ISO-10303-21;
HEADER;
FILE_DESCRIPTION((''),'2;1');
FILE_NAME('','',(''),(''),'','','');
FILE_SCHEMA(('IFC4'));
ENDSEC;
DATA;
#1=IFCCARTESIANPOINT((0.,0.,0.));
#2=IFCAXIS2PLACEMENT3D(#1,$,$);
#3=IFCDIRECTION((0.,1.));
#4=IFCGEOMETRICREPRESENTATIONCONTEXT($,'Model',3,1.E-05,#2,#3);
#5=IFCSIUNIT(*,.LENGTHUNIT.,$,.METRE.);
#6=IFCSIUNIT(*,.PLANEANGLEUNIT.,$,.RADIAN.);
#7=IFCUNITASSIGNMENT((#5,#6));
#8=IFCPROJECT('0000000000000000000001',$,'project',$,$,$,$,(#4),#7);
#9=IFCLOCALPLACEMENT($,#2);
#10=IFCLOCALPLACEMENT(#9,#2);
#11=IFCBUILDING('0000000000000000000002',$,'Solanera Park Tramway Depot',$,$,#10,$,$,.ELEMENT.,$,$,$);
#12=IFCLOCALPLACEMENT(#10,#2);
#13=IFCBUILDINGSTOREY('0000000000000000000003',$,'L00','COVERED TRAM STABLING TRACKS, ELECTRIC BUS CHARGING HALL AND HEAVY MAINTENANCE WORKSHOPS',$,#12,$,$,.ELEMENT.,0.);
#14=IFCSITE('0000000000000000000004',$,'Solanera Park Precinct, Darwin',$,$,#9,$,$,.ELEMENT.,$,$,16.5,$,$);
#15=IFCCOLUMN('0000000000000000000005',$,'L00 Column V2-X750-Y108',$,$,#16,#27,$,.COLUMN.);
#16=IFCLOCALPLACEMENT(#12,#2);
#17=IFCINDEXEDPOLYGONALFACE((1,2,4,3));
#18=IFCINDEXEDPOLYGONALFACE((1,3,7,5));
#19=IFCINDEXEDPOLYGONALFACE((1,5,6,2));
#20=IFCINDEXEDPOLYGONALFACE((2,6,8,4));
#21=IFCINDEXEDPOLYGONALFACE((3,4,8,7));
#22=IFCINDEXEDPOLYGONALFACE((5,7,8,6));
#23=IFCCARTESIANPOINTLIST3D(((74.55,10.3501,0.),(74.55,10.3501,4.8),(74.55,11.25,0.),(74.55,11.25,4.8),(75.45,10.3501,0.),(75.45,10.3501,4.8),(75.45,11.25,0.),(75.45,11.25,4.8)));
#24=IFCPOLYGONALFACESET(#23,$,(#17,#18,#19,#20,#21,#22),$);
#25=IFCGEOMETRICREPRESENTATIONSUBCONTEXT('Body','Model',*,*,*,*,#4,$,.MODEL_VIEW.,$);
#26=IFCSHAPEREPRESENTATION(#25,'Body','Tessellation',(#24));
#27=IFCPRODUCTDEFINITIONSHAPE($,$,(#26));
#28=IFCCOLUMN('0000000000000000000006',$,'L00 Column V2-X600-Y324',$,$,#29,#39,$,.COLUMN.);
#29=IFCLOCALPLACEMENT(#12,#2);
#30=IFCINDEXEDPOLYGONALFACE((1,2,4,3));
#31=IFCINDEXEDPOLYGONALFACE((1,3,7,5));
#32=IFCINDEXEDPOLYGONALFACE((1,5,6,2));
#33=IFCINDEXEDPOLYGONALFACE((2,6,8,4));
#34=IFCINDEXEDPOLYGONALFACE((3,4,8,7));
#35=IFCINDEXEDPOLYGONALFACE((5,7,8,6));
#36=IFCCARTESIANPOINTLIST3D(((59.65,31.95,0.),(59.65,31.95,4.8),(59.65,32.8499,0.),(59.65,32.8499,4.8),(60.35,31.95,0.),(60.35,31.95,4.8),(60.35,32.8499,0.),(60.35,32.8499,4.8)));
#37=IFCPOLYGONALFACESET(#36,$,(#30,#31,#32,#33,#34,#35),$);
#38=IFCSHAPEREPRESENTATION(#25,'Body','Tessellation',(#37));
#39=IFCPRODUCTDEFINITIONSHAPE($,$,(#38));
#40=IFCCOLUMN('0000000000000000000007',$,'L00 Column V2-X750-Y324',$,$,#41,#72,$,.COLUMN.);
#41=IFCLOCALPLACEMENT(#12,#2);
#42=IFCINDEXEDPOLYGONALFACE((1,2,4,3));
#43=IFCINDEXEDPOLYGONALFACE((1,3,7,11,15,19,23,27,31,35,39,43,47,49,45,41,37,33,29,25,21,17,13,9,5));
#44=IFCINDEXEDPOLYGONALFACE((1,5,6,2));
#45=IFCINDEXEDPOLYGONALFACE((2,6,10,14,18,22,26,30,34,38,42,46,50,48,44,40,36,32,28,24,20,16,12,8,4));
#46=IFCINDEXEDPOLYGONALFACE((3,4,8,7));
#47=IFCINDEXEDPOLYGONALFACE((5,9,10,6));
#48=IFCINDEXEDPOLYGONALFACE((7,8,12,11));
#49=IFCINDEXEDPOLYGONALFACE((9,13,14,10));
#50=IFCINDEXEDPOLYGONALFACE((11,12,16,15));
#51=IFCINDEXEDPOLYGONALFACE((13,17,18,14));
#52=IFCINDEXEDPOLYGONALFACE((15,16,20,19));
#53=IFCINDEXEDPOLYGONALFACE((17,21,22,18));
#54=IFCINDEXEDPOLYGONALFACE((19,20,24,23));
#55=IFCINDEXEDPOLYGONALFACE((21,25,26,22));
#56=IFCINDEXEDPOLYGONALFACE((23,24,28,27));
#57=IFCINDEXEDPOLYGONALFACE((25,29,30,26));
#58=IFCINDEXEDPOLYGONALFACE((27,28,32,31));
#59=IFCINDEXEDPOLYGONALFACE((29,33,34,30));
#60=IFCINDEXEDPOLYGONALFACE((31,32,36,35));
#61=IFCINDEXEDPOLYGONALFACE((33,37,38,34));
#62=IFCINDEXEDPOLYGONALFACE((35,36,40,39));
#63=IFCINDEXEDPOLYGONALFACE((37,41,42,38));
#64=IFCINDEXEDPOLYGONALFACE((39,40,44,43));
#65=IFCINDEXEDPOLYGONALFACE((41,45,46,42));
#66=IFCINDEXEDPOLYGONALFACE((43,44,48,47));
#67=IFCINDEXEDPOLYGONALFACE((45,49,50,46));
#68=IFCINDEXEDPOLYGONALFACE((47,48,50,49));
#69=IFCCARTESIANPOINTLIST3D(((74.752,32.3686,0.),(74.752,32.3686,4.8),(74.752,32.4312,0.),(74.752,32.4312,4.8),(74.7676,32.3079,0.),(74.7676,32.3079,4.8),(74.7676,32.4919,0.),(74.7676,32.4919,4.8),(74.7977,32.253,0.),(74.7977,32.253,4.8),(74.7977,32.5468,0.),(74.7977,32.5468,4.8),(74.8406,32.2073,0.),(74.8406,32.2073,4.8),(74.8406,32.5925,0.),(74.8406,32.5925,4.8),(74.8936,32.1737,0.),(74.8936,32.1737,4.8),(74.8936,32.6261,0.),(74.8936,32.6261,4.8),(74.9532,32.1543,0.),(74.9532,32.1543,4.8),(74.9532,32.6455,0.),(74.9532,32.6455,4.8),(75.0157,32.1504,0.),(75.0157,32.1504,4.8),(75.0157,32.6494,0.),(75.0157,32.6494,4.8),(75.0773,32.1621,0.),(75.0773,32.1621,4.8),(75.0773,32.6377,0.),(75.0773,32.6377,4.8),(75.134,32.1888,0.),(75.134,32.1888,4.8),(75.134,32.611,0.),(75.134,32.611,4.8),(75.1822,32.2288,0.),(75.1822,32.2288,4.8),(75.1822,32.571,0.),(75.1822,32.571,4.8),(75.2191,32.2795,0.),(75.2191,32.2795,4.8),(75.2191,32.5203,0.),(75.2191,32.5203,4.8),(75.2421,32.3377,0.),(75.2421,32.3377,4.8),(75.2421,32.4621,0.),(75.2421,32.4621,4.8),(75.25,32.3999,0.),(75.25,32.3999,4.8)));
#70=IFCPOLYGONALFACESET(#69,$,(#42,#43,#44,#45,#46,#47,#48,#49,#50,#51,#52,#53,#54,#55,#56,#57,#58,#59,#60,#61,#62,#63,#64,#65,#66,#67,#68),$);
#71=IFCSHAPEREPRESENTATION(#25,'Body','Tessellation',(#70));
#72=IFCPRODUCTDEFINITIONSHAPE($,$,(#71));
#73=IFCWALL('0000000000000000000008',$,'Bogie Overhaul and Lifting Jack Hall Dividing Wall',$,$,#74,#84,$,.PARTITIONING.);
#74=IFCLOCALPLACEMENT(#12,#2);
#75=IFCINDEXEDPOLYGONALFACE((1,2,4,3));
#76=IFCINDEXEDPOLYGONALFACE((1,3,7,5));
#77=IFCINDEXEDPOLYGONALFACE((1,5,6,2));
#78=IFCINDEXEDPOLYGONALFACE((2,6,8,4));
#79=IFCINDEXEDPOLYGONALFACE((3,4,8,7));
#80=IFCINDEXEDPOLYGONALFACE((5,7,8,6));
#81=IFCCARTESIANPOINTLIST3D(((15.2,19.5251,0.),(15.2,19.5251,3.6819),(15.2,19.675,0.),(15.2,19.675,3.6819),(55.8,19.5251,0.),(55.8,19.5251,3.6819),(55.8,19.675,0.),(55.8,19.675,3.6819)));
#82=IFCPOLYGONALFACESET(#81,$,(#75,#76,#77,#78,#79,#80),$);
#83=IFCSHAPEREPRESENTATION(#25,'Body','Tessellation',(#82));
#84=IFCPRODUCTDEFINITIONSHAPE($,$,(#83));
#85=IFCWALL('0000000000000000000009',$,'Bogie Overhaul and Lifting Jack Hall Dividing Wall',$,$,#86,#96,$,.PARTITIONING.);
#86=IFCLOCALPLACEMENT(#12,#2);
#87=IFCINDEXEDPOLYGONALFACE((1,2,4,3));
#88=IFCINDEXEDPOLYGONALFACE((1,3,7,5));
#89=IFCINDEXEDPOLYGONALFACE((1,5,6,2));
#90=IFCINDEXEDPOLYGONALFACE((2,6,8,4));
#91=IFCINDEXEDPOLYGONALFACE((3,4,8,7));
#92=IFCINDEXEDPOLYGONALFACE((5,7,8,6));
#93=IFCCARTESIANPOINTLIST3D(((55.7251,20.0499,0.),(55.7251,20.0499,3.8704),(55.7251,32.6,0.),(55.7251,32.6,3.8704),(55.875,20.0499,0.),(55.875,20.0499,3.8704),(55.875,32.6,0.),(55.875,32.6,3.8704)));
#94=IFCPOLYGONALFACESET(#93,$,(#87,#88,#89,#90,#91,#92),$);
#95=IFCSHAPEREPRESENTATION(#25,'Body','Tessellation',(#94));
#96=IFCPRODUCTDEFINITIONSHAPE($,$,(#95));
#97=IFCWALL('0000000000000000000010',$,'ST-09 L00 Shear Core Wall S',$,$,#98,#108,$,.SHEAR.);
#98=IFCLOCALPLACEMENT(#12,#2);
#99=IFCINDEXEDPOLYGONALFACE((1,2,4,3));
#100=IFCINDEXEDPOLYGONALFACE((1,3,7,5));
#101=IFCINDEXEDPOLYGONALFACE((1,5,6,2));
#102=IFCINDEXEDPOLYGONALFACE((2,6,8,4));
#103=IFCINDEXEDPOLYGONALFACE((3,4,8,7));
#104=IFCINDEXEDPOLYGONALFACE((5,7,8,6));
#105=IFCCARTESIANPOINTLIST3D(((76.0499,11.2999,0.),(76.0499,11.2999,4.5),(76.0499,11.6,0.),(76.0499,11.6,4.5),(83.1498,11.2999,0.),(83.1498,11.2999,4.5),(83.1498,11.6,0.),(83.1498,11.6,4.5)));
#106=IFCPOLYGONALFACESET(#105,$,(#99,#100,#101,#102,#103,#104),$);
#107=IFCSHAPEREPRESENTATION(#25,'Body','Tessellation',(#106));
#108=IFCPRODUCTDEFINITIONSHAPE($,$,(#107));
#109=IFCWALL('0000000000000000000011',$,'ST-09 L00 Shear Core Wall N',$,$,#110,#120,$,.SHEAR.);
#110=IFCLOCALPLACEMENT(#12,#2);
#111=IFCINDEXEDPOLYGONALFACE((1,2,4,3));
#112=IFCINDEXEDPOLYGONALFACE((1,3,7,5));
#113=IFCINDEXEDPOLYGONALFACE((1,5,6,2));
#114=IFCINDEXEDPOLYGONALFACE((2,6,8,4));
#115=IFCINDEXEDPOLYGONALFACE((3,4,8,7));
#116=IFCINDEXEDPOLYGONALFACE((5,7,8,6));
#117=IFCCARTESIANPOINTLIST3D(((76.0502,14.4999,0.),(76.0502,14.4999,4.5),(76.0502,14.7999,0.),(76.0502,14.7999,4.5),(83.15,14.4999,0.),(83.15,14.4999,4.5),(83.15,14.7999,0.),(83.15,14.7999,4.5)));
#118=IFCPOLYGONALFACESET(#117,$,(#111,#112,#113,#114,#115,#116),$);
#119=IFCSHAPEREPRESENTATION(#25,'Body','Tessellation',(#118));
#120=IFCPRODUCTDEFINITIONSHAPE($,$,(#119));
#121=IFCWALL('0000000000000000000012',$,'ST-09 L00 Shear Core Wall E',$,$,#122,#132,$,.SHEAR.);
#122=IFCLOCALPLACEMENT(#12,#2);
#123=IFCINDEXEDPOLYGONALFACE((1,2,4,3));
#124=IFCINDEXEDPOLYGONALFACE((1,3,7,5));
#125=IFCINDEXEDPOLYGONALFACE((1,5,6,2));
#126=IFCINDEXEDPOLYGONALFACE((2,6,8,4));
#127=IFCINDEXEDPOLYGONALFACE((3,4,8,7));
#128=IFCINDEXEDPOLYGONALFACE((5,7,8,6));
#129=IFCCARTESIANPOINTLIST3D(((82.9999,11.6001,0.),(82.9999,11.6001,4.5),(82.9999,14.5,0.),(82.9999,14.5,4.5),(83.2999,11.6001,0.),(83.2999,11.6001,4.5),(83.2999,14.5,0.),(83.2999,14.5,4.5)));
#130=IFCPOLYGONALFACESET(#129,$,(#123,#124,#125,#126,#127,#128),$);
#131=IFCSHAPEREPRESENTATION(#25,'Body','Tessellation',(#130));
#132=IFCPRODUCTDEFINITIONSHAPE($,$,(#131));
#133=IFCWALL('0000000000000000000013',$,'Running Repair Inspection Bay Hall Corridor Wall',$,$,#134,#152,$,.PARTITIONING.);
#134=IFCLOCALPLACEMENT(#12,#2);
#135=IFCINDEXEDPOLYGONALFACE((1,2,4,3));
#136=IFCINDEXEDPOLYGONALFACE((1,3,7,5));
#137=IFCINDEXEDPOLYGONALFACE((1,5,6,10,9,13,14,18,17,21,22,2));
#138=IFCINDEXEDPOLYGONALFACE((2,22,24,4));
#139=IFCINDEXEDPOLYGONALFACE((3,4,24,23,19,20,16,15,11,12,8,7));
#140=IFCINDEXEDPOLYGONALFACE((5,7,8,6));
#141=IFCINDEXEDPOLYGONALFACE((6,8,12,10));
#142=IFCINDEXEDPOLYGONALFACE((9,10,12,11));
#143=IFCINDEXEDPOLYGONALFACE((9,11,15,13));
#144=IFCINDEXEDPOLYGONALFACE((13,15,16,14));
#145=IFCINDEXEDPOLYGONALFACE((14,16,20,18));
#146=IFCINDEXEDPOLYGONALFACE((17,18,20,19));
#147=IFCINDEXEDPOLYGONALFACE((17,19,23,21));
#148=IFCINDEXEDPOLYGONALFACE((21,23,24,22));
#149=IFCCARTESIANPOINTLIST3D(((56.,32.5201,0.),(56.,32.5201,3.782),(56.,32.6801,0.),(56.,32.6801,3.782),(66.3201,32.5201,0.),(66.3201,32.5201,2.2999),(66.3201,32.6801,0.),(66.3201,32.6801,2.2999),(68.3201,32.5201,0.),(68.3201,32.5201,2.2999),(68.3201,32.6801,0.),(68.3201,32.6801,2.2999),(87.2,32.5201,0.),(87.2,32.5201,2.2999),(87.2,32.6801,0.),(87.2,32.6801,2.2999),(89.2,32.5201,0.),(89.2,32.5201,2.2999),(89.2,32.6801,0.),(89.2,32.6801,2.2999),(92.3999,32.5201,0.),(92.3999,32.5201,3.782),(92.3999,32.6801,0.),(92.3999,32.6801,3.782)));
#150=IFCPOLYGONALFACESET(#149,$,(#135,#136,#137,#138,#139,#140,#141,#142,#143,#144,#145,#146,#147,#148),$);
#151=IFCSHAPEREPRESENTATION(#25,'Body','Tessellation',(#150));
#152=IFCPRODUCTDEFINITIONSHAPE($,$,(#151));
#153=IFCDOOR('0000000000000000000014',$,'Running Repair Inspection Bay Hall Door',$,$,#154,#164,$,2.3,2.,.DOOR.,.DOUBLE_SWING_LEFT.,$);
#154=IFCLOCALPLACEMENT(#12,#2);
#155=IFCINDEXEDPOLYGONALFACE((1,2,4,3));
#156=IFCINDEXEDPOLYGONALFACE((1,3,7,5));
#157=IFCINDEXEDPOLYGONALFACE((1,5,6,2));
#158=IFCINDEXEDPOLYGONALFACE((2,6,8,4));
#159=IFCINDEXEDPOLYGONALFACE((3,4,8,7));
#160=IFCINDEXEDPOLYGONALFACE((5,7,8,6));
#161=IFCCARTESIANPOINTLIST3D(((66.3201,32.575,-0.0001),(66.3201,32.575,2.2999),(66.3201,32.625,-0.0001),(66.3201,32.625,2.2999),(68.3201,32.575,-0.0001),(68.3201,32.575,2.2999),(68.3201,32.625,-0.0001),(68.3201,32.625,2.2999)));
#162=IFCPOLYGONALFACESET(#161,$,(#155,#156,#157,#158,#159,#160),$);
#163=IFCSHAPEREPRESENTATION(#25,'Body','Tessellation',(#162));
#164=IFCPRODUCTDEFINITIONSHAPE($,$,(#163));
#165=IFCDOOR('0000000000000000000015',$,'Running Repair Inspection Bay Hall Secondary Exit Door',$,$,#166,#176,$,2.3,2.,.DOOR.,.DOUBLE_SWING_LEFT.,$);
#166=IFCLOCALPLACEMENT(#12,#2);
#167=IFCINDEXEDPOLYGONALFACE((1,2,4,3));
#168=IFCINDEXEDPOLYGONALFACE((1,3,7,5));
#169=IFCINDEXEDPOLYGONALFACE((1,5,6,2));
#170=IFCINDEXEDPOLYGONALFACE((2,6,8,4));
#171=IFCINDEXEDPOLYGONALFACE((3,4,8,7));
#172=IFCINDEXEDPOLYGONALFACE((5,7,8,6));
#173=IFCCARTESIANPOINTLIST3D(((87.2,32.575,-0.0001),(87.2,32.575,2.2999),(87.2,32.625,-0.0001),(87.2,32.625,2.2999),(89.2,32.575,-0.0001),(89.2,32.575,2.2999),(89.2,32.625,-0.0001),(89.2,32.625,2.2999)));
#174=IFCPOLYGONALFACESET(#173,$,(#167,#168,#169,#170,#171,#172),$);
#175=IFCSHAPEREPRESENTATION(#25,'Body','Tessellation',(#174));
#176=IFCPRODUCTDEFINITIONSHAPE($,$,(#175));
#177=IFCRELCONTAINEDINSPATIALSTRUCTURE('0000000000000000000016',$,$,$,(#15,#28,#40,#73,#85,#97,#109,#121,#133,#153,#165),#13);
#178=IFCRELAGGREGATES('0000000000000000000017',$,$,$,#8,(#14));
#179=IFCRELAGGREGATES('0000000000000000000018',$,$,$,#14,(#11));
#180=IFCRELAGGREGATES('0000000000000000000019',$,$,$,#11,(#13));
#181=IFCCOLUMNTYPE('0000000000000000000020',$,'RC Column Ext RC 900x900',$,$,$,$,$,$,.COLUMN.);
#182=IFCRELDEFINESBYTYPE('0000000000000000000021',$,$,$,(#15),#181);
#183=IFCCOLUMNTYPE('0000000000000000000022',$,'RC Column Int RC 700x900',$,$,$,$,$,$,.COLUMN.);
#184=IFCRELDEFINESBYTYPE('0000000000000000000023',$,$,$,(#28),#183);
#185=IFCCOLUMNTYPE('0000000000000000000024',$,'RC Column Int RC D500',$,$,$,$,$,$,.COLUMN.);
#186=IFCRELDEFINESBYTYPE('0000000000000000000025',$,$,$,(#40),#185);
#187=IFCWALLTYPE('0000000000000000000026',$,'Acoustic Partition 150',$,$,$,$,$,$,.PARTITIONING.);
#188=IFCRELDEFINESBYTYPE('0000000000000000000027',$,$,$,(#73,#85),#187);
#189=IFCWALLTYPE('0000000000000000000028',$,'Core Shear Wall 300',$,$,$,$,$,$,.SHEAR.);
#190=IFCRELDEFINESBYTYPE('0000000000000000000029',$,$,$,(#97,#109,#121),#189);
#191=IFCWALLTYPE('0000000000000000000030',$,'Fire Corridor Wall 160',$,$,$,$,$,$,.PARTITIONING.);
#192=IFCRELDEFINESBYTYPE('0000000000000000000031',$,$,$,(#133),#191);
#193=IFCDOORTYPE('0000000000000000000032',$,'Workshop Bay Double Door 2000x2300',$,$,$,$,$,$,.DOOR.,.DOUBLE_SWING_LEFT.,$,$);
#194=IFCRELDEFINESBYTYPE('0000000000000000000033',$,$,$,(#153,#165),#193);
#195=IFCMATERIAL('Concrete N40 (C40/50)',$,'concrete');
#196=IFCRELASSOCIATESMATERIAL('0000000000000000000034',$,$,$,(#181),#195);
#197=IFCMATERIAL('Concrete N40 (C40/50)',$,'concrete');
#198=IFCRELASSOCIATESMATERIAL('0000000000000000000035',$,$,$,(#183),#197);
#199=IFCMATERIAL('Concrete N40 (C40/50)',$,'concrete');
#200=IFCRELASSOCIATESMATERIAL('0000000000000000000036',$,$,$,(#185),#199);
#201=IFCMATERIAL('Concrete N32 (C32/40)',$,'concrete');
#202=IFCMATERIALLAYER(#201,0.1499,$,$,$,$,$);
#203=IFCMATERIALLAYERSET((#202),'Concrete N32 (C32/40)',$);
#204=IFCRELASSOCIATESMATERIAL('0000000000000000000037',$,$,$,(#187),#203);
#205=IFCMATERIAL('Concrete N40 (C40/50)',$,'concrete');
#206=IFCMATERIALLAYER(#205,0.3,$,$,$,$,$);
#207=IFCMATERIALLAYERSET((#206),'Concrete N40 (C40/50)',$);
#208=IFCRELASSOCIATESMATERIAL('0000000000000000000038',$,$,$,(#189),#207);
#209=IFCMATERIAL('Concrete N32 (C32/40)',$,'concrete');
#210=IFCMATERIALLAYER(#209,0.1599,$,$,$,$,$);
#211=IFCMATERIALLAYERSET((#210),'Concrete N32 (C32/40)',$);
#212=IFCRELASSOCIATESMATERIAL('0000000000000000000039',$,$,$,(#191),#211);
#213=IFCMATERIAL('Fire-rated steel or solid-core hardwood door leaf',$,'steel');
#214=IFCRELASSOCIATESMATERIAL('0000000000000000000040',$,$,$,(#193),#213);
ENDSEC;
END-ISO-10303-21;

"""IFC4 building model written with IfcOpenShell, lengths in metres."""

from ifc_helpers import new_model, si_unit, direction, frame, frame_2d, origin, origin_2d, place, context, subcontext, project, spatial, rectangle, circle, extrude, material, layer, layer_set, material_profile, profile_set, type_object, element, fill, save


model = new_model("IFC4")

# Units and contexts
model_context = context("Model", 3, precision=1e-05, world=origin(), true_north=direction((0.0, 1.0)))
body_context = subcontext(model_context, "Body", "Model", "MODEL_VIEW")
ifc_project = project(units=[si_unit("LENGTHUNIT", "METRE"), si_unit("PLANEANGLEUNIT", "RADIAN")], contexts=[model_context])

# Site, building, storey
site_placement = place(None, origin())
site = spatial("IfcSite", under=ifc_project, at=site_placement, Name="Solanera Park Precinct, Darwin", CompositionType="ELEMENT", RefElevation=16.5)
building_placement = place(site_placement, origin())
building = spatial("IfcBuilding", under=site, at=building_placement, Name="Solanera Park Tramway Depot", CompositionType="ELEMENT")
storey_placement = place(building_placement, origin())
storey = spatial("IfcBuildingStorey", under=building, at=storey_placement, Name="L00", Description="COVERED TRAM STABLING TRACKS, ELECTRIC BUS CHARGING HALL AND HEAVY MAINTENANCE WORKSHOPS", CompositionType="ELEMENT", Elevation=0.0)

# Columns
ifc_material_1 = material(Name="Concrete N40 (C40/50)", Category="concrete")
ifc_material_profile_1 = material_profile(ifc_material_1, rectangle(XDim=0.8999, YDim=0.8999, at=origin_2d()), Name="RC 900x900")
ifc_profile_set_1 = profile_set([ifc_material_profile_1], Name="Concrete N40 (C40/50)")
column_type_1 = type_object("IfcColumnType", Name="RC Column Ext RC 900x900", PredefinedType="COLUMN", material=ifc_profile_set_1)
column_1_placement = place(storey_placement, frame((75.0, 10.8, 0.0), z_axis=(0.0, 0.0, 1.0), x_axis=(1.0, 0.0, 0.0)))
element("IfcColumn", 1, at=column_1_placement, inside=storey, type_object=column_type_1, Name="L00 Column V2-X750-Y108", PredefinedType="COLUMN", context=body_context, shape_type="SweptSolid", body=[
    extrude(rectangle(XDim=0.8999, YDim=0.8999, at=origin_2d()), origin(), (0.0, 0.0, 1.0), 4.8),
])
ifc_material_2 = material(Name="Concrete N40 (C40/50)", Category="concrete")
ifc_material_profile_2 = material_profile(ifc_material_2, rectangle(XDim=0.7, YDim=0.8999, at=origin_2d()), Name="RC 700x900")
ifc_profile_set_2 = profile_set([ifc_material_profile_2], Name="Concrete N40 (C40/50)")
column_type_2 = type_object("IfcColumnType", Name="RC Column Int RC 700x900", PredefinedType="COLUMN", material=ifc_profile_set_2)
column_2_placement = place(storey_placement, frame((60.0, 32.3999, 0.0), z_axis=(0.0, 0.0, 1.0), x_axis=(1.0, 0.0, 0.0)))
element("IfcColumn", 2, at=column_2_placement, inside=storey, type_object=column_type_2, Name="L00 Column V2-X600-Y324", PredefinedType="COLUMN", context=body_context, shape_type="SweptSolid", body=[
    extrude(rectangle(XDim=0.7, YDim=0.8999, at=origin_2d()), origin(), (0.0, 0.0, 1.0), 4.8),
])
ifc_material_3 = material(Name="Concrete N40 (C40/50)", Category="concrete")
ifc_material_profile_3 = material_profile(ifc_material_3, circle(Radius=0.25, at=origin_2d()), Name="RC D500")
ifc_profile_set_3 = profile_set([ifc_material_profile_3], Name="Concrete N40 (C40/50)")
column_type_3 = type_object("IfcColumnType", Name="RC Column Int RC D500", PredefinedType="COLUMN", material=ifc_profile_set_3)
column_3_placement = place(storey_placement, frame((75.0, 32.3999, 0.0), z_axis=(0.0, 0.0, 1.0), x_axis=(1.0, 0.0, 0.0)))
element("IfcColumn", 3, at=column_3_placement, inside=storey, type_object=column_type_3, Name="L00 Column V2-X750-Y324", PredefinedType="COLUMN", context=body_context, shape_type="SweptSolid", body=[
    extrude(circle(Radius=0.25, at=origin_2d()), origin(), (0.0, 0.0, 1.0), 4.8),
])

# Walls
ifc_material_4 = material(Name="Concrete N32 (C32/40)", Category="concrete")
ifc_layer_1 = layer(ifc_material_4, 0.1499)
ifc_layer_set_1 = layer_set([ifc_layer_1], Name="Concrete N32 (C32/40)")
wall_type_1 = type_object("IfcWallType", Name="Acoustic Partition 150", PredefinedType="PARTITIONING", material=ifc_layer_set_1)
wall_1_placement = place(storey_placement, frame((55.8, 19.6001, 0.0), z_axis=(0.0, 0.0, 1.0), x_axis=(-1.0, 0.0, 0.0)))
element("IfcWall", 4, at=wall_1_placement, inside=storey, type_object=wall_type_1, Name="Bogie Overhaul and Lifting Jack Hall Dividing Wall", PredefinedType="PARTITIONING", context=body_context, shape_type="SweptSolid", body=[
    extrude(rectangle(XDim=40.6001, YDim=0.1499, at=frame_2d((20.3, 0.0))), origin(), (0.0, 0.0, 1.0), 3.6819),
])
wall_2_placement = place(storey_placement, frame((55.8, 20.05, 0.0), z_axis=(0.0, 0.0, 1.0), x_axis=(0.0, 1.0, 0.0)))
element("IfcWall", 5, at=wall_2_placement, inside=storey, type_object=wall_type_1, Name="Bogie Overhaul and Lifting Jack Hall Dividing Wall", PredefinedType="PARTITIONING", context=body_context, shape_type="SweptSolid", body=[
    extrude(rectangle(XDim=12.55, YDim=0.1499, at=frame_2d((6.2749, 0.0))), origin(), (0.0, 0.0, 1.0), 3.8704),
])
ifc_material_5 = material(Name="Concrete N40 (C40/50)", Category="concrete")
ifc_layer_2 = layer(ifc_material_5, 0.3)
ifc_layer_set_2 = layer_set([ifc_layer_2], Name="Concrete N40 (C40/50)")
wall_type_2 = type_object("IfcWallType", Name="Core Shear Wall 300", PredefinedType="SHEAR", material=ifc_layer_set_2)
for number, where, z_axis, x_axis, name in (
    (6, (76.05, 11.45, 0.0), (0.0, 0.0, 1.0), (1.0, 0.0, 0.0), "ST-09 L00 Shear Core Wall S"),
    (7, (83.1499, 14.6499, 0.0), (0.0, 0.0, 1.0), (-1.0, 0.0, 0.0), "ST-09 L00 Shear Core Wall N"),
):
    element("IfcWall", number, at=place(storey_placement, frame(where, z_axis=z_axis, x_axis=x_axis)), inside=storey, type_object=wall_type_2, Name=name, PredefinedType="SHEAR", context=body_context, shape_type="SweptSolid", body=[
        extrude(rectangle(XDim=7.0999, YDim=0.3, at=frame_2d((3.5498, 0.0))), origin(), (0.0, 0.0, 1.0), 4.5),
    ])
wall_3_placement = place(storey_placement, frame((83.1499, 11.6001, 0.0), z_axis=(0.0, 0.0, 1.0), x_axis=(0.0, 1.0, 0.0)))
element("IfcWall", 8, at=wall_3_placement, inside=storey, type_object=wall_type_2, Name="ST-09 L00 Shear Core Wall E", PredefinedType="SHEAR", context=body_context, shape_type="SweptSolid", body=[
    extrude(rectangle(XDim=2.8999, YDim=0.3, at=frame_2d((1.45, 0.0))), origin(), (0.0, 0.0, 1.0), 4.5),
])

# Wall, openings, doors
ifc_material_6 = material(Name="Concrete N32 (C32/40)", Category="concrete")
ifc_layer_3 = layer(ifc_material_6, 0.1599)
ifc_layer_set_3 = layer_set([ifc_layer_3], Name="Concrete N32 (C32/40)")
wall_type_3 = type_object("IfcWallType", Name="Fire Corridor Wall 160", PredefinedType="PARTITIONING", material=ifc_layer_set_3)
wall_4_placement = place(storey_placement, frame((56.0, 32.6001, 0.0), z_axis=(0.0, 0.0, 1.0), x_axis=(1.0, 0.0, 0.0)))
wall_4 = element("IfcWall", 9, at=wall_4_placement, inside=storey, type_object=wall_type_3, Name="Running Repair Inspection Bay Hall Corridor Wall", PredefinedType="PARTITIONING", context=body_context, shape_type="SweptSolid", body=[
    extrude(rectangle(XDim=36.3999, YDim=0.1599, at=frame_2d((18.2, 0.0))), origin(), (0.0, 0.0, 1.0), 3.782),
])
opening_1_placement = place(wall_4_placement, frame((10.3201, 0.0, 0.0)))
opening_1 = element("IfcOpeningElement", 10, at=opening_1_placement, cuts=wall_4, PredefinedType="OPENING", context=body_context, shape_type="SweptSolid", body=[
    extrude(rectangle(XDim=2.0, YDim=2.3, at=frame_2d((1.0, 1.1499))), frame((0.0, 0.0898, 0.0), z_axis=(0.0, -1.0, 0.0), x_axis=(1.0, 0.0, 0.0)), (0.0, 0.0, 1.0), 0.1799),
])
opening_2_placement = place(wall_4_placement, frame((31.2, 0.0, 0.0)))
opening_2 = element("IfcOpeningElement", 11, at=opening_2_placement, cuts=wall_4, PredefinedType="OPENING", context=body_context, shape_type="SweptSolid", body=[
    extrude(rectangle(XDim=2.0, YDim=2.3, at=frame_2d((1.0, 1.1499))), frame((0.0, 0.0898, 0.0), z_axis=(0.0, -1.0, 0.0), x_axis=(1.0, 0.0, 0.0)), (0.0, 0.0, 1.0), 0.1799),
])
ifc_material_7 = material(Name="Fire-rated steel or solid-core hardwood door leaf", Category="steel")
door_type_1 = type_object("IfcDoorType", Name="Workshop Bay Double Door 2000x2300", OperationType="DOUBLE_SWING_LEFT", PredefinedType="DOOR", material=ifc_material_7)
door_1_placement = place(opening_1_placement, origin())
door_1 = element("IfcDoor", 12, at=door_1_placement, inside=storey, type_object=door_type_1, Name="Running Repair Inspection Bay Hall Door", OperationType="DOUBLE_SWING_LEFT", OverallHeight=2.3, OverallWidth=2.0, PredefinedType="DOOR", context=body_context, shape_type="SweptSolid", body=[
    extrude(rectangle(XDim=2.0, YDim=2.3, at=frame_2d((1.0, 1.1499))), frame((0.0, 0.0249, 0.0), z_axis=(0.0, -1.0, 0.0), x_axis=(1.0, 0.0, 0.0)), (0.0, 0.0, 1.0), 0.05),
])
fill(opening_1, door_1)
door_2_placement = place(opening_2_placement, origin())
door_2 = element("IfcDoor", 13, at=door_2_placement, inside=storey, type_object=door_type_1, Name="Running Repair Inspection Bay Hall Secondary Exit Door", OperationType="DOUBLE_SWING_LEFT", OverallHeight=2.3, OverallWidth=2.0, PredefinedType="DOOR", context=body_context, shape_type="SweptSolid", body=[
    extrude(rectangle(XDim=2.0, YDim=2.3, at=frame_2d((1.0, 1.1499))), frame((0.0, 0.0249, 0.0), z_axis=(0.0, -1.0, 0.0), x_axis=(1.0, 0.0, 0.0)), (0.0, 0.0, 1.0), 0.05),
])
fill(opening_2, door_2)

save(model, "model.ifc")
